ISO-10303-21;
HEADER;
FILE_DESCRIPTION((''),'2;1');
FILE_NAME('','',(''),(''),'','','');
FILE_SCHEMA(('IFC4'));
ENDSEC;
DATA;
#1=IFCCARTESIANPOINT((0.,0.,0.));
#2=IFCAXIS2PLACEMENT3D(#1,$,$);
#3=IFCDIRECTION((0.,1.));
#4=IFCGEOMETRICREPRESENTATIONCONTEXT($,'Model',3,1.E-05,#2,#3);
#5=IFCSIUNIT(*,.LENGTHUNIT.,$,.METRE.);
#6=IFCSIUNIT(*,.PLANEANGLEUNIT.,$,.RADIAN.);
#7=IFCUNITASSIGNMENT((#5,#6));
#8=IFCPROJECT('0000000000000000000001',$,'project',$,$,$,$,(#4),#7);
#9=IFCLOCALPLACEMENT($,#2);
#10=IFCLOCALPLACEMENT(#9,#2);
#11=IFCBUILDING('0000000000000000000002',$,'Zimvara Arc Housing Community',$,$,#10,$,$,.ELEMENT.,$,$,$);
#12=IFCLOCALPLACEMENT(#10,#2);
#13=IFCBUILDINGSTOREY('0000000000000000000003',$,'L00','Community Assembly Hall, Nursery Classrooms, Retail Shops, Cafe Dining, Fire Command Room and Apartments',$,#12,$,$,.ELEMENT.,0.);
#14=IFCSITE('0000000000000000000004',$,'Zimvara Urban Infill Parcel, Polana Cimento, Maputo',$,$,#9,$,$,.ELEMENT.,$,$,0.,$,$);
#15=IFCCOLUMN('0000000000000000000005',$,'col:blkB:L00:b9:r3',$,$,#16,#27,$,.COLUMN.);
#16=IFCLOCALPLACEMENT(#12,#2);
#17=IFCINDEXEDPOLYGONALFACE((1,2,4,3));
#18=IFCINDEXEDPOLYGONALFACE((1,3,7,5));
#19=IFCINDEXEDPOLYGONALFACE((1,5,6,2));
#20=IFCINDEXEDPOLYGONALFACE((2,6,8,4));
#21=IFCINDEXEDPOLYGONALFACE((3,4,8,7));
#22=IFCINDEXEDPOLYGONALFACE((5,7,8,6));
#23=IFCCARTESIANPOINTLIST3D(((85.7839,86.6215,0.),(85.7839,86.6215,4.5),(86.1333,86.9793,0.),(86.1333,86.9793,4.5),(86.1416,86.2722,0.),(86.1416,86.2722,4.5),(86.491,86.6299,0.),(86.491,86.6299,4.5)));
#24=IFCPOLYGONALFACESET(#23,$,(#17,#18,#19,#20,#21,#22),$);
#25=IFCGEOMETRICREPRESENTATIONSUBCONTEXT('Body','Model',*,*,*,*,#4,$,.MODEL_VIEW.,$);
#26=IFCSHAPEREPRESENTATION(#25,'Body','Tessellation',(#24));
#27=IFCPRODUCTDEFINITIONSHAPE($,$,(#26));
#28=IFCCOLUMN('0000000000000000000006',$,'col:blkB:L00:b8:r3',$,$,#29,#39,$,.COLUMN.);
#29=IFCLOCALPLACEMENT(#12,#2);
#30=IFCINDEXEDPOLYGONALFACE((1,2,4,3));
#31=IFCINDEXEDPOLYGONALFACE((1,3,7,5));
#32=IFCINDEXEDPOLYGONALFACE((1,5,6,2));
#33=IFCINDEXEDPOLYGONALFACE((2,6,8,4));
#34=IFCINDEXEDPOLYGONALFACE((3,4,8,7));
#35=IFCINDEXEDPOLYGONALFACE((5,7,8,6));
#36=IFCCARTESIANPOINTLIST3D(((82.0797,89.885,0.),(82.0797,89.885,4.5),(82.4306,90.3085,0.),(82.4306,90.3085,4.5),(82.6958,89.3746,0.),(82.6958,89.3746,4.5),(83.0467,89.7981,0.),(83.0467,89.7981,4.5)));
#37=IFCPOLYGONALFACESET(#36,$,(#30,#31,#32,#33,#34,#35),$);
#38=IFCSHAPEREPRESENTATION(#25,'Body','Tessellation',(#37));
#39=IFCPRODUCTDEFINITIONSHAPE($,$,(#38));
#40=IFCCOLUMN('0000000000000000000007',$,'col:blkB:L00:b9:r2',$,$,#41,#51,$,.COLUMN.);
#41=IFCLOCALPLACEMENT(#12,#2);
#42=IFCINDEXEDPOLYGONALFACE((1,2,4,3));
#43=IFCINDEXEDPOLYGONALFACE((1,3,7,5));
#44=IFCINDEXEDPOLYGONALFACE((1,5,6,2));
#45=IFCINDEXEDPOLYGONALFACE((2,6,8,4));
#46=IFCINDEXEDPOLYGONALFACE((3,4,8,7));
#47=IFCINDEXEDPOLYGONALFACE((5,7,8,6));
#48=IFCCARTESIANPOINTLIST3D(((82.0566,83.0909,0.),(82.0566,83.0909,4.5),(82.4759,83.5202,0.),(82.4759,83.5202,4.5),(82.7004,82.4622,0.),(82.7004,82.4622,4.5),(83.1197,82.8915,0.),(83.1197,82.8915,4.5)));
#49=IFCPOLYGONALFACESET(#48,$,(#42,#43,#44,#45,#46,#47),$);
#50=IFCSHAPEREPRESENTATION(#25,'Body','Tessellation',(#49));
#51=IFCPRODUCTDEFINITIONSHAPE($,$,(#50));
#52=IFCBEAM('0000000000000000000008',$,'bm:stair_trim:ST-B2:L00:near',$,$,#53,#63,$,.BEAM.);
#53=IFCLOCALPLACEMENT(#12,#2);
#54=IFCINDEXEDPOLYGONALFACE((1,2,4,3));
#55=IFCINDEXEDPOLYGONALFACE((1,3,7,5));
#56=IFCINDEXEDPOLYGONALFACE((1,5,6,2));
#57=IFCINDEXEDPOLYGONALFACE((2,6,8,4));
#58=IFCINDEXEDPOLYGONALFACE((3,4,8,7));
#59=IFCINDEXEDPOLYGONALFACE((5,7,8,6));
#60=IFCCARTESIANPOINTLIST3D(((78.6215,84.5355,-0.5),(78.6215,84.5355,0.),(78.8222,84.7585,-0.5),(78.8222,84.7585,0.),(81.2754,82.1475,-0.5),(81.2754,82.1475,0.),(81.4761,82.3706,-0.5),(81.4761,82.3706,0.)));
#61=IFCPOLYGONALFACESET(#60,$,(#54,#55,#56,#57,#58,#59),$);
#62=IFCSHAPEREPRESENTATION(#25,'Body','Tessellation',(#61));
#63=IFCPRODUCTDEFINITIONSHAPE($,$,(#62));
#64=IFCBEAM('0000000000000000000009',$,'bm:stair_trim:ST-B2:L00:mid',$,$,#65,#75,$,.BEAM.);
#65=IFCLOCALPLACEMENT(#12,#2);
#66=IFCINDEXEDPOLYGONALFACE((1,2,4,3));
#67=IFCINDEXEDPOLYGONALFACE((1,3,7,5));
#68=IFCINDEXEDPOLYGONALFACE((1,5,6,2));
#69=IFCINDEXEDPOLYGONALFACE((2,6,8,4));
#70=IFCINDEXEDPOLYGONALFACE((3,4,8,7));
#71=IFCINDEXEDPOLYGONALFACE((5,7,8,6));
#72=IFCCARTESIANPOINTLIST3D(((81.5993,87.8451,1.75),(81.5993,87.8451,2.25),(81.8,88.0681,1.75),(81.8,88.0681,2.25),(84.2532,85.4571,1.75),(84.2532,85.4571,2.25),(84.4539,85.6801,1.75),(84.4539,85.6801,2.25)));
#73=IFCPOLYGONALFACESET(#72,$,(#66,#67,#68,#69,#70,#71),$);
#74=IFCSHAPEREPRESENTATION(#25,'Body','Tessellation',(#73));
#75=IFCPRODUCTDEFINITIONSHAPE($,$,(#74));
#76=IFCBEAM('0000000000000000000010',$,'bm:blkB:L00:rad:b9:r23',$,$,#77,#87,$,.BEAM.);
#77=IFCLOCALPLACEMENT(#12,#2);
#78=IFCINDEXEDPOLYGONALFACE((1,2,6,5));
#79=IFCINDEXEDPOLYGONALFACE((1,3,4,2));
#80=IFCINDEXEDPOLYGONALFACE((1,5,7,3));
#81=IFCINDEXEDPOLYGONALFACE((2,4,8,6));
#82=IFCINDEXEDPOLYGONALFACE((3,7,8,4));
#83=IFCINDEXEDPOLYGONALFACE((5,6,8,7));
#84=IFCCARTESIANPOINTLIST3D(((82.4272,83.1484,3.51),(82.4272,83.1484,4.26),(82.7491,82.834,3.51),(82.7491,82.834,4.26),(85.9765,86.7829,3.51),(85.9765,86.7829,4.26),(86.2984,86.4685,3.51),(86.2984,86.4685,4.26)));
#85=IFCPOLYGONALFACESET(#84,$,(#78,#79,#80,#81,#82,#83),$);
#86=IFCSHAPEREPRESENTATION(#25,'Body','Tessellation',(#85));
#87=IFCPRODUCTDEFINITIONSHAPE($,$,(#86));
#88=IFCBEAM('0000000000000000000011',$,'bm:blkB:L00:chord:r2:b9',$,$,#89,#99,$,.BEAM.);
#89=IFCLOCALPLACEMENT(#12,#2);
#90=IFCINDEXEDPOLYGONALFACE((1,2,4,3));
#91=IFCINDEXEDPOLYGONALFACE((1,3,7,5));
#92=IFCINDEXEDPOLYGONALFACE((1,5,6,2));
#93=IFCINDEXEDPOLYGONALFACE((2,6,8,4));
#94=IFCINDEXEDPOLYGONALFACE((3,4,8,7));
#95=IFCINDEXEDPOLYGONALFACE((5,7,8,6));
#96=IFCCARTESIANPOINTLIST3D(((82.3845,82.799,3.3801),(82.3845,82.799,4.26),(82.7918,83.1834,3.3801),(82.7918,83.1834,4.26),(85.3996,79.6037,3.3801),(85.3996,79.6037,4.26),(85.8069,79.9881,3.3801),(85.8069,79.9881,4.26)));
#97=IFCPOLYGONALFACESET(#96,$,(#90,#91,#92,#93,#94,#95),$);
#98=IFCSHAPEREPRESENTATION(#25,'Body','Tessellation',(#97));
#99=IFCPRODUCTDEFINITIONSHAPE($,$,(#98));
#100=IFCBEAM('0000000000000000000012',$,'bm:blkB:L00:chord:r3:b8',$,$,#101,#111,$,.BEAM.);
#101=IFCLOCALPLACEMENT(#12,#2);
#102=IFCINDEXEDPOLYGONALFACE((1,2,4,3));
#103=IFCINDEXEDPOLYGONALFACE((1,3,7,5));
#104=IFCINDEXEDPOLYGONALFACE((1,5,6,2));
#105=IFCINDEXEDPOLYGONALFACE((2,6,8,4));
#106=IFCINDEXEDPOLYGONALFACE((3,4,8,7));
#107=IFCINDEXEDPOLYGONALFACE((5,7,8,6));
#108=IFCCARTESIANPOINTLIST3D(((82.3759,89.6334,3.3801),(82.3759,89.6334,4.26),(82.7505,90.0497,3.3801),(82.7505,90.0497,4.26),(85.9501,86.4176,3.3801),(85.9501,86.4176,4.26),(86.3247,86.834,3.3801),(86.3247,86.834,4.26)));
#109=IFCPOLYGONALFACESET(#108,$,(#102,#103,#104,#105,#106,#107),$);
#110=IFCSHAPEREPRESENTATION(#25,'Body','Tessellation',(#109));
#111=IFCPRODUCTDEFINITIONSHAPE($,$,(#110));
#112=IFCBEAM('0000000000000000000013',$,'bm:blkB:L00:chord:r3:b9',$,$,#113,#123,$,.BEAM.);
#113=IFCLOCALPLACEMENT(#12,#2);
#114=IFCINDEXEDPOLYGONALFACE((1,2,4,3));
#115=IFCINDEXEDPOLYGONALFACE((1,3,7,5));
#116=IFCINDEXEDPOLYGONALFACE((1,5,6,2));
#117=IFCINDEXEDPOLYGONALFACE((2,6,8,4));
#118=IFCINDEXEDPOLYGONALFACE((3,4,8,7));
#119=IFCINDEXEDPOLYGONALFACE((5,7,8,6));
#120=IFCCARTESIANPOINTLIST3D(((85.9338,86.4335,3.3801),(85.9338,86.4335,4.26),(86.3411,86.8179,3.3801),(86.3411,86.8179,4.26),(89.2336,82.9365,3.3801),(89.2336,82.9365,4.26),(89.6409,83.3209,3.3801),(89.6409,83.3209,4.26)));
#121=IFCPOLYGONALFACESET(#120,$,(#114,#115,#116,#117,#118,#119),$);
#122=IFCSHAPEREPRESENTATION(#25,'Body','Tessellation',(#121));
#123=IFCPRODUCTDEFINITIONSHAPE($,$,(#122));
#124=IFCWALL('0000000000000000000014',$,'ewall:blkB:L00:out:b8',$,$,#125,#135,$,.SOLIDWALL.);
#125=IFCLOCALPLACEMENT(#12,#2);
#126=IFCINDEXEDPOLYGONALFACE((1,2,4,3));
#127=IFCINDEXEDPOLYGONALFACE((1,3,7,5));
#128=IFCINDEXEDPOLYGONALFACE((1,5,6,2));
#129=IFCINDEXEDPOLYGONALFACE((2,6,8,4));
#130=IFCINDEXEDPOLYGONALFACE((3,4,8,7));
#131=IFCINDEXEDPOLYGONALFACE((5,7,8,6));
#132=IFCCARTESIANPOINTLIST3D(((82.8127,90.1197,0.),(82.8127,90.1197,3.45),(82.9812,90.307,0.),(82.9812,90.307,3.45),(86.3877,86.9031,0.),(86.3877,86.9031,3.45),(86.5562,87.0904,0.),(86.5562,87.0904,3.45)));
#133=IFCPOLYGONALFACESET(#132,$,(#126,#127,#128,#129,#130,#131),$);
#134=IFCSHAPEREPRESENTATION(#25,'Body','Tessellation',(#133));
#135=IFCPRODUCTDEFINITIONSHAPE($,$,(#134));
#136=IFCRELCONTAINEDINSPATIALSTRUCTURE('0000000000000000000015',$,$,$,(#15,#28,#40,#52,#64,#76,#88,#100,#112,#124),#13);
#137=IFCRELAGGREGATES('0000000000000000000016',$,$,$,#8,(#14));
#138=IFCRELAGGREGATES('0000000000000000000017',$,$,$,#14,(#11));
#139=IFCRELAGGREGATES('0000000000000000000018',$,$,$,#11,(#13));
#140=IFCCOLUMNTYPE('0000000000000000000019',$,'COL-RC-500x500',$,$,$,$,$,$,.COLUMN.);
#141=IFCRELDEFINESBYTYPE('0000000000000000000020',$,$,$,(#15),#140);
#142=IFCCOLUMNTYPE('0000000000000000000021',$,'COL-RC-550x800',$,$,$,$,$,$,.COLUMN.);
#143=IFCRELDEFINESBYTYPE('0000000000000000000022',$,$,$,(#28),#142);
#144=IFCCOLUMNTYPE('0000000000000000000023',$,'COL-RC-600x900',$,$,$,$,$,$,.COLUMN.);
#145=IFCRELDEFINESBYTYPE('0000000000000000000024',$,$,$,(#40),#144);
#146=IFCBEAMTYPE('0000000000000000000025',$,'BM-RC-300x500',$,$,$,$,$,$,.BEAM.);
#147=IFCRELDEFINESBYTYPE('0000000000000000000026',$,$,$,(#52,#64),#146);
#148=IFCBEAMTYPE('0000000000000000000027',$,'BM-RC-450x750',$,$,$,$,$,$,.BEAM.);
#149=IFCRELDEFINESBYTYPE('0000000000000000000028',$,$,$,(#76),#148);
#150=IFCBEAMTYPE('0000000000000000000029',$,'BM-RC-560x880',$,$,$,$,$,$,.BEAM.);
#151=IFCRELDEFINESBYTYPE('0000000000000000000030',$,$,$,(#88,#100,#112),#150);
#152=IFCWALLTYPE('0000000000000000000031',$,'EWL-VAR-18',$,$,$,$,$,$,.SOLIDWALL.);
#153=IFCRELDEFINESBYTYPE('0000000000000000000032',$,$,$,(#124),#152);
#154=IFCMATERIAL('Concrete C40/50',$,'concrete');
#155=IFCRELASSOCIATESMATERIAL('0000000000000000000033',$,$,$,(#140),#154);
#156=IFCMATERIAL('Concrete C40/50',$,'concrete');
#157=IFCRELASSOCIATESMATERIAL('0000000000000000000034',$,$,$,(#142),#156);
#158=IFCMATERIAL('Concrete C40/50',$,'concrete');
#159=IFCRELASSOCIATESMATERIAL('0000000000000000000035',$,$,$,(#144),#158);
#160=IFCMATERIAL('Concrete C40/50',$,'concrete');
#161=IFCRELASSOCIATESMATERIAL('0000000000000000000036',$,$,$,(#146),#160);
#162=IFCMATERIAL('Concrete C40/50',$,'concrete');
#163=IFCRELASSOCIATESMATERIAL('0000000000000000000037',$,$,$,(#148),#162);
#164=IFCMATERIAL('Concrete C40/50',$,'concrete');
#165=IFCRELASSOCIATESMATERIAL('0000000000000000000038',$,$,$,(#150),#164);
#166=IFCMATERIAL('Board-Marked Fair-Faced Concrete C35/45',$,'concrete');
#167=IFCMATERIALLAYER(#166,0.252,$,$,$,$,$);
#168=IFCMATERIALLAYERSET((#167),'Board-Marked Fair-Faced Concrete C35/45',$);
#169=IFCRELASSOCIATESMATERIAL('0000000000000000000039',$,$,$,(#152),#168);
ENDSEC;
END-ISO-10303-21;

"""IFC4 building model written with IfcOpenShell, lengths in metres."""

from ifc_helpers import new_model, si_unit, direction, frame, frame_2d, origin, origin_2d, place, context, subcontext, project, spatial, rectangle, extrude, material, layer, layer_set, material_profile, profile_set, type_object, element, save


model = new_model("IFC4")

# Units and contexts
model_context = context("Model", 3, precision=1e-05, world=origin(), true_north=direction((0.0, 1.0)))
body_context = subcontext(model_context, "Body", "Model", "MODEL_VIEW")
ifc_project = project(units=[si_unit("LENGTHUNIT", "METRE"), si_unit("PLANEANGLEUNIT", "RADIAN")], contexts=[model_context])

# Site, building, storey
site_placement = place(None, origin())
site = spatial("IfcSite", under=ifc_project, at=site_placement, Name="Zimvara Urban Infill Parcel, Polana Cimento, Maputo", CompositionType="ELEMENT", RefElevation=0.0)
building_placement = place(site_placement, origin())
building = spatial("IfcBuilding", under=site, at=building_placement, Name="Zimvara Arc Housing Community", CompositionType="ELEMENT")
storey_placement = place(building_placement, origin())
storey = spatial("IfcBuildingStorey", under=building, at=storey_placement, Name="L00", Description="Community Assembly Hall, Nursery Classrooms, Retail Shops, Cafe Dining, Fire Command Room and Apartments", CompositionType="ELEMENT", Elevation=0.0)

# Columns
ifc_material_1 = material(Name="Concrete C40/50", Category="concrete")
ifc_material_profile_1 = material_profile(ifc_material_1, rectangle(XDim=0.5, YDim=0.5, at=origin_2d()), Name="RC 500x500")
ifc_profile_set_1 = profile_set([ifc_material_profile_1], Name="Concrete C40/50")
column_type_1 = type_object("IfcColumnType", Name="COL-RC-500x500", PredefinedType="COLUMN", material=ifc_profile_set_1)
column_1_placement = place(storey_placement, frame((86.1375, 86.6257, 0.0), z_axis=(0.0, 0.0, 1.0), x_axis=(0.698665, 0.715449, 0.0)))
element("IfcColumn", 1, at=column_1_placement, inside=storey, type_object=column_type_1, Name="col:blkB:L00:b9:r3", PredefinedType="COLUMN", context=body_context, shape_type="SweptSolid", body=[
    extrude(rectangle(XDim=0.5, YDim=0.5, at=origin_2d()), origin(), (0.0, 0.0, 1.0), 4.5),
])
ifc_material_2 = material(Name="Concrete C40/50", Category="concrete")
ifc_material_profile_2 = material_profile(ifc_material_2, rectangle(XDim=0.55, YDim=0.8, at=origin_2d()), Name="RC 550x800")
ifc_profile_set_2 = profile_set([ifc_material_profile_2], Name="Concrete C40/50")
column_type_2 = type_object("IfcColumnType", Name="COL-RC-550x800", PredefinedType="COLUMN", material=ifc_profile_set_2)
column_2_placement = place(storey_placement, frame((82.5632, 89.8416, 0.0), z_axis=(0.0, 0.0, 1.0), x_axis=(0.637962, 0.770068, 0.0)))
element("IfcColumn", 2, at=column_2_placement, inside=storey, type_object=column_type_2, Name="col:blkB:L00:b8:r3", PredefinedType="COLUMN", context=body_context, shape_type="SweptSolid", body=[
    extrude(rectangle(XDim=0.55, YDim=0.8, at=origin_2d()), origin(), (0.0, 0.0, 1.0), 4.5),
])
ifc_material_3 = material(Name="Concrete C40/50", Category="concrete")
ifc_material_profile_3 = material_profile(ifc_material_3, rectangle(XDim=0.6001, YDim=0.8999, at=origin_2d()), Name="RC 600x900")
ifc_profile_set_3 = profile_set([ifc_material_profile_3], Name="Concrete C40/50")
column_type_3 = type_object("IfcColumnType", Name="COL-RC-600x900", PredefinedType="COLUMN", material=ifc_profile_set_3)
column_3_placement = place(storey_placement, frame((82.5881, 82.9912, 0.0), z_axis=(0.0, 0.0, 1.0), x_axis=(0.698665, 0.715449, 0.0)))
element("IfcColumn", 3, at=column_3_placement, inside=storey, type_object=column_type_3, Name="col:blkB:L00:b9:r2", PredefinedType="COLUMN", context=body_context, shape_type="SweptSolid", body=[
    extrude(rectangle(XDim=0.6001, YDim=0.8999, at=origin_2d()), origin(), (0.0, 0.0, 1.0), 4.5),
])

# Beams
ifc_material_4 = material(Name="Concrete C40/50", Category="concrete")
ifc_material_profile_4 = material_profile(ifc_material_4, rectangle(XDim=0.3, YDim=0.5, at=origin_2d()), Name="RC 300x500")
ifc_profile_set_4 = profile_set([ifc_material_profile_4], Name="Concrete C40/50")
beam_type_1 = type_object("IfcBeamType", Name="BM-RC-300x500", PredefinedType="BEAM", material=ifc_profile_set_4)
for number, where, z_axis, x_axis, name in (
    (4, (81.3757, 82.259, -0.25), (-0.743362, 0.668889, 0.0), (-0.668889, -0.743362, 0.0), "bm:stair_trim:ST-B2:L00:near"),
    (5, (84.3535, 85.5686, 2.0), (-0.743362, 0.668889, 0.0), (-0.668889, -0.743362, 0.0), "bm:stair_trim:ST-B2:L00:mid"),
):
    element("IfcBeam", number, at=place(storey_placement, frame(where, z_axis=z_axis, x_axis=x_axis)), inside=storey, type_object=beam_type_1, Name=name, PredefinedType="BEAM", context=body_context, shape_type="SweptSolid", body=[
        extrude(rectangle(XDim=0.3, YDim=0.5, at=origin_2d()), origin(), (0.0, 0.0, 1.0), 3.5701),
    ])
ifc_material_5 = material(Name="Concrete C40/50", Category="concrete")
ifc_material_profile_5 = material_profile(ifc_material_5, rectangle(XDim=0.45, YDim=0.75, at=origin_2d()), Name="RC 450x750")
ifc_profile_set_5 = profile_set([ifc_material_profile_5], Name="Concrete C40/50")
beam_type_2 = type_object("IfcBeamType", Name="BM-RC-450x750", PredefinedType="BEAM", material=ifc_profile_set_5)
beam_1_placement = place(storey_placement, frame((82.5881, 82.9912, 3.885), z_axis=(0.698671, 0.715443, 0.0), x_axis=(-0.715443, 0.698671, 0.0)))
element("IfcBeam", 6, at=beam_1_placement, inside=storey, type_object=beam_type_2, Name="bm:blkB:L00:rad:b9:r23", PredefinedType="BEAM", context=body_context, shape_type="SweptSolid", body=[
    extrude(rectangle(XDim=0.45, YDim=0.75, at=origin_2d()), origin(), (0.0, 0.0, 1.0), 5.0801),
])
ifc_material_6 = material(Name="Concrete C40/50", Category="concrete")
ifc_material_profile_6 = material_profile(ifc_material_6, rectangle(XDim=0.5601, YDim=0.8799, at=origin_2d()), Name="RC 560x880")
ifc_profile_set_6 = profile_set([ifc_material_profile_6], Name="Concrete C40/50")
beam_type_3 = type_object("IfcBeamType", Name="BM-RC-560x880", PredefinedType="BEAM", material=ifc_profile_set_6)
beam_2_placement = place(storey_placement, frame((82.5881, 82.9912, 3.8201), z_axis=(0.686304, -0.727315, 0.0), x_axis=(0.727315, 0.686304, 0.0)))
element("IfcBeam", 7, at=beam_2_placement, inside=storey, type_object=beam_type_3, Name="bm:blkB:L00:chord:r2:b9", PredefinedType="BEAM", context=body_context, shape_type="SweptSolid", body=[
    extrude(rectangle(XDim=0.5601, YDim=0.8799, at=origin_2d()), origin(), (0.0, 0.0, 1.0), 4.3933),
])
beam_3_placement = place(storey_placement, frame((82.5632, 89.8416, 3.8201), z_axis=(0.743395, -0.668853, 0.0), x_axis=(0.668853, 0.743395, 0.0)))
element("IfcBeam", 8, at=beam_3_placement, inside=storey, type_object=beam_type_3, Name="bm:blkB:L00:chord:r3:b8", PredefinedType="BEAM", context=body_context, shape_type="SweptSolid", body=[
    extrude(rectangle(XDim=0.5601, YDim=0.8799, at=origin_2d()), origin(), (0.0, 0.0, 1.0), 4.8079),
])
beam_4_placement = place(storey_placement, frame((86.1375, 86.6257, 3.8201), z_axis=(0.686295, -0.727323, 0.0), x_axis=(0.727323, 0.686295, 0.0)))
element("IfcBeam", 9, at=beam_4_placement, inside=storey, type_object=beam_type_3, Name="bm:blkB:L00:chord:r3:b9", PredefinedType="BEAM", context=body_context, shape_type="SweptSolid", body=[
    extrude(rectangle(XDim=0.5601, YDim=0.8799, at=origin_2d()), origin(), (0.0, 0.0, 1.0), 4.8081),
])

# Wall
ifc_material_7 = material(Name="Board-Marked Fair-Faced Concrete C35/45", Category="concrete")
ifc_layer_1 = layer(ifc_material_7, 0.252)
ifc_layer_set_1 = layer_set([ifc_layer_1], Name="Board-Marked Fair-Faced Concrete C35/45")
wall_type_1 = type_object("IfcWallType", Name="EWL-VAR-18", PredefinedType="SOLIDWALL", material=ifc_layer_set_1)
wall_1_placement = place(storey_placement, frame((82.897, 90.2134, 0.0), z_axis=(0.0, 0.0, 1.0), x_axis=(0.743388, -0.668861, 0.0)))
element("IfcWall", 10, at=wall_1_placement, inside=storey, type_object=wall_type_1, Name="ewall:blkB:L00:out:b8", PredefinedType="SOLIDWALL", context=body_context, shape_type="SweptSolid", body=[
    extrude(rectangle(XDim=4.8091, YDim=0.252, at=frame_2d((2.4045, 0.0))), origin(), (0.0, 0.0, 1.0), 3.45),
])

save(model, "model.ifc")
